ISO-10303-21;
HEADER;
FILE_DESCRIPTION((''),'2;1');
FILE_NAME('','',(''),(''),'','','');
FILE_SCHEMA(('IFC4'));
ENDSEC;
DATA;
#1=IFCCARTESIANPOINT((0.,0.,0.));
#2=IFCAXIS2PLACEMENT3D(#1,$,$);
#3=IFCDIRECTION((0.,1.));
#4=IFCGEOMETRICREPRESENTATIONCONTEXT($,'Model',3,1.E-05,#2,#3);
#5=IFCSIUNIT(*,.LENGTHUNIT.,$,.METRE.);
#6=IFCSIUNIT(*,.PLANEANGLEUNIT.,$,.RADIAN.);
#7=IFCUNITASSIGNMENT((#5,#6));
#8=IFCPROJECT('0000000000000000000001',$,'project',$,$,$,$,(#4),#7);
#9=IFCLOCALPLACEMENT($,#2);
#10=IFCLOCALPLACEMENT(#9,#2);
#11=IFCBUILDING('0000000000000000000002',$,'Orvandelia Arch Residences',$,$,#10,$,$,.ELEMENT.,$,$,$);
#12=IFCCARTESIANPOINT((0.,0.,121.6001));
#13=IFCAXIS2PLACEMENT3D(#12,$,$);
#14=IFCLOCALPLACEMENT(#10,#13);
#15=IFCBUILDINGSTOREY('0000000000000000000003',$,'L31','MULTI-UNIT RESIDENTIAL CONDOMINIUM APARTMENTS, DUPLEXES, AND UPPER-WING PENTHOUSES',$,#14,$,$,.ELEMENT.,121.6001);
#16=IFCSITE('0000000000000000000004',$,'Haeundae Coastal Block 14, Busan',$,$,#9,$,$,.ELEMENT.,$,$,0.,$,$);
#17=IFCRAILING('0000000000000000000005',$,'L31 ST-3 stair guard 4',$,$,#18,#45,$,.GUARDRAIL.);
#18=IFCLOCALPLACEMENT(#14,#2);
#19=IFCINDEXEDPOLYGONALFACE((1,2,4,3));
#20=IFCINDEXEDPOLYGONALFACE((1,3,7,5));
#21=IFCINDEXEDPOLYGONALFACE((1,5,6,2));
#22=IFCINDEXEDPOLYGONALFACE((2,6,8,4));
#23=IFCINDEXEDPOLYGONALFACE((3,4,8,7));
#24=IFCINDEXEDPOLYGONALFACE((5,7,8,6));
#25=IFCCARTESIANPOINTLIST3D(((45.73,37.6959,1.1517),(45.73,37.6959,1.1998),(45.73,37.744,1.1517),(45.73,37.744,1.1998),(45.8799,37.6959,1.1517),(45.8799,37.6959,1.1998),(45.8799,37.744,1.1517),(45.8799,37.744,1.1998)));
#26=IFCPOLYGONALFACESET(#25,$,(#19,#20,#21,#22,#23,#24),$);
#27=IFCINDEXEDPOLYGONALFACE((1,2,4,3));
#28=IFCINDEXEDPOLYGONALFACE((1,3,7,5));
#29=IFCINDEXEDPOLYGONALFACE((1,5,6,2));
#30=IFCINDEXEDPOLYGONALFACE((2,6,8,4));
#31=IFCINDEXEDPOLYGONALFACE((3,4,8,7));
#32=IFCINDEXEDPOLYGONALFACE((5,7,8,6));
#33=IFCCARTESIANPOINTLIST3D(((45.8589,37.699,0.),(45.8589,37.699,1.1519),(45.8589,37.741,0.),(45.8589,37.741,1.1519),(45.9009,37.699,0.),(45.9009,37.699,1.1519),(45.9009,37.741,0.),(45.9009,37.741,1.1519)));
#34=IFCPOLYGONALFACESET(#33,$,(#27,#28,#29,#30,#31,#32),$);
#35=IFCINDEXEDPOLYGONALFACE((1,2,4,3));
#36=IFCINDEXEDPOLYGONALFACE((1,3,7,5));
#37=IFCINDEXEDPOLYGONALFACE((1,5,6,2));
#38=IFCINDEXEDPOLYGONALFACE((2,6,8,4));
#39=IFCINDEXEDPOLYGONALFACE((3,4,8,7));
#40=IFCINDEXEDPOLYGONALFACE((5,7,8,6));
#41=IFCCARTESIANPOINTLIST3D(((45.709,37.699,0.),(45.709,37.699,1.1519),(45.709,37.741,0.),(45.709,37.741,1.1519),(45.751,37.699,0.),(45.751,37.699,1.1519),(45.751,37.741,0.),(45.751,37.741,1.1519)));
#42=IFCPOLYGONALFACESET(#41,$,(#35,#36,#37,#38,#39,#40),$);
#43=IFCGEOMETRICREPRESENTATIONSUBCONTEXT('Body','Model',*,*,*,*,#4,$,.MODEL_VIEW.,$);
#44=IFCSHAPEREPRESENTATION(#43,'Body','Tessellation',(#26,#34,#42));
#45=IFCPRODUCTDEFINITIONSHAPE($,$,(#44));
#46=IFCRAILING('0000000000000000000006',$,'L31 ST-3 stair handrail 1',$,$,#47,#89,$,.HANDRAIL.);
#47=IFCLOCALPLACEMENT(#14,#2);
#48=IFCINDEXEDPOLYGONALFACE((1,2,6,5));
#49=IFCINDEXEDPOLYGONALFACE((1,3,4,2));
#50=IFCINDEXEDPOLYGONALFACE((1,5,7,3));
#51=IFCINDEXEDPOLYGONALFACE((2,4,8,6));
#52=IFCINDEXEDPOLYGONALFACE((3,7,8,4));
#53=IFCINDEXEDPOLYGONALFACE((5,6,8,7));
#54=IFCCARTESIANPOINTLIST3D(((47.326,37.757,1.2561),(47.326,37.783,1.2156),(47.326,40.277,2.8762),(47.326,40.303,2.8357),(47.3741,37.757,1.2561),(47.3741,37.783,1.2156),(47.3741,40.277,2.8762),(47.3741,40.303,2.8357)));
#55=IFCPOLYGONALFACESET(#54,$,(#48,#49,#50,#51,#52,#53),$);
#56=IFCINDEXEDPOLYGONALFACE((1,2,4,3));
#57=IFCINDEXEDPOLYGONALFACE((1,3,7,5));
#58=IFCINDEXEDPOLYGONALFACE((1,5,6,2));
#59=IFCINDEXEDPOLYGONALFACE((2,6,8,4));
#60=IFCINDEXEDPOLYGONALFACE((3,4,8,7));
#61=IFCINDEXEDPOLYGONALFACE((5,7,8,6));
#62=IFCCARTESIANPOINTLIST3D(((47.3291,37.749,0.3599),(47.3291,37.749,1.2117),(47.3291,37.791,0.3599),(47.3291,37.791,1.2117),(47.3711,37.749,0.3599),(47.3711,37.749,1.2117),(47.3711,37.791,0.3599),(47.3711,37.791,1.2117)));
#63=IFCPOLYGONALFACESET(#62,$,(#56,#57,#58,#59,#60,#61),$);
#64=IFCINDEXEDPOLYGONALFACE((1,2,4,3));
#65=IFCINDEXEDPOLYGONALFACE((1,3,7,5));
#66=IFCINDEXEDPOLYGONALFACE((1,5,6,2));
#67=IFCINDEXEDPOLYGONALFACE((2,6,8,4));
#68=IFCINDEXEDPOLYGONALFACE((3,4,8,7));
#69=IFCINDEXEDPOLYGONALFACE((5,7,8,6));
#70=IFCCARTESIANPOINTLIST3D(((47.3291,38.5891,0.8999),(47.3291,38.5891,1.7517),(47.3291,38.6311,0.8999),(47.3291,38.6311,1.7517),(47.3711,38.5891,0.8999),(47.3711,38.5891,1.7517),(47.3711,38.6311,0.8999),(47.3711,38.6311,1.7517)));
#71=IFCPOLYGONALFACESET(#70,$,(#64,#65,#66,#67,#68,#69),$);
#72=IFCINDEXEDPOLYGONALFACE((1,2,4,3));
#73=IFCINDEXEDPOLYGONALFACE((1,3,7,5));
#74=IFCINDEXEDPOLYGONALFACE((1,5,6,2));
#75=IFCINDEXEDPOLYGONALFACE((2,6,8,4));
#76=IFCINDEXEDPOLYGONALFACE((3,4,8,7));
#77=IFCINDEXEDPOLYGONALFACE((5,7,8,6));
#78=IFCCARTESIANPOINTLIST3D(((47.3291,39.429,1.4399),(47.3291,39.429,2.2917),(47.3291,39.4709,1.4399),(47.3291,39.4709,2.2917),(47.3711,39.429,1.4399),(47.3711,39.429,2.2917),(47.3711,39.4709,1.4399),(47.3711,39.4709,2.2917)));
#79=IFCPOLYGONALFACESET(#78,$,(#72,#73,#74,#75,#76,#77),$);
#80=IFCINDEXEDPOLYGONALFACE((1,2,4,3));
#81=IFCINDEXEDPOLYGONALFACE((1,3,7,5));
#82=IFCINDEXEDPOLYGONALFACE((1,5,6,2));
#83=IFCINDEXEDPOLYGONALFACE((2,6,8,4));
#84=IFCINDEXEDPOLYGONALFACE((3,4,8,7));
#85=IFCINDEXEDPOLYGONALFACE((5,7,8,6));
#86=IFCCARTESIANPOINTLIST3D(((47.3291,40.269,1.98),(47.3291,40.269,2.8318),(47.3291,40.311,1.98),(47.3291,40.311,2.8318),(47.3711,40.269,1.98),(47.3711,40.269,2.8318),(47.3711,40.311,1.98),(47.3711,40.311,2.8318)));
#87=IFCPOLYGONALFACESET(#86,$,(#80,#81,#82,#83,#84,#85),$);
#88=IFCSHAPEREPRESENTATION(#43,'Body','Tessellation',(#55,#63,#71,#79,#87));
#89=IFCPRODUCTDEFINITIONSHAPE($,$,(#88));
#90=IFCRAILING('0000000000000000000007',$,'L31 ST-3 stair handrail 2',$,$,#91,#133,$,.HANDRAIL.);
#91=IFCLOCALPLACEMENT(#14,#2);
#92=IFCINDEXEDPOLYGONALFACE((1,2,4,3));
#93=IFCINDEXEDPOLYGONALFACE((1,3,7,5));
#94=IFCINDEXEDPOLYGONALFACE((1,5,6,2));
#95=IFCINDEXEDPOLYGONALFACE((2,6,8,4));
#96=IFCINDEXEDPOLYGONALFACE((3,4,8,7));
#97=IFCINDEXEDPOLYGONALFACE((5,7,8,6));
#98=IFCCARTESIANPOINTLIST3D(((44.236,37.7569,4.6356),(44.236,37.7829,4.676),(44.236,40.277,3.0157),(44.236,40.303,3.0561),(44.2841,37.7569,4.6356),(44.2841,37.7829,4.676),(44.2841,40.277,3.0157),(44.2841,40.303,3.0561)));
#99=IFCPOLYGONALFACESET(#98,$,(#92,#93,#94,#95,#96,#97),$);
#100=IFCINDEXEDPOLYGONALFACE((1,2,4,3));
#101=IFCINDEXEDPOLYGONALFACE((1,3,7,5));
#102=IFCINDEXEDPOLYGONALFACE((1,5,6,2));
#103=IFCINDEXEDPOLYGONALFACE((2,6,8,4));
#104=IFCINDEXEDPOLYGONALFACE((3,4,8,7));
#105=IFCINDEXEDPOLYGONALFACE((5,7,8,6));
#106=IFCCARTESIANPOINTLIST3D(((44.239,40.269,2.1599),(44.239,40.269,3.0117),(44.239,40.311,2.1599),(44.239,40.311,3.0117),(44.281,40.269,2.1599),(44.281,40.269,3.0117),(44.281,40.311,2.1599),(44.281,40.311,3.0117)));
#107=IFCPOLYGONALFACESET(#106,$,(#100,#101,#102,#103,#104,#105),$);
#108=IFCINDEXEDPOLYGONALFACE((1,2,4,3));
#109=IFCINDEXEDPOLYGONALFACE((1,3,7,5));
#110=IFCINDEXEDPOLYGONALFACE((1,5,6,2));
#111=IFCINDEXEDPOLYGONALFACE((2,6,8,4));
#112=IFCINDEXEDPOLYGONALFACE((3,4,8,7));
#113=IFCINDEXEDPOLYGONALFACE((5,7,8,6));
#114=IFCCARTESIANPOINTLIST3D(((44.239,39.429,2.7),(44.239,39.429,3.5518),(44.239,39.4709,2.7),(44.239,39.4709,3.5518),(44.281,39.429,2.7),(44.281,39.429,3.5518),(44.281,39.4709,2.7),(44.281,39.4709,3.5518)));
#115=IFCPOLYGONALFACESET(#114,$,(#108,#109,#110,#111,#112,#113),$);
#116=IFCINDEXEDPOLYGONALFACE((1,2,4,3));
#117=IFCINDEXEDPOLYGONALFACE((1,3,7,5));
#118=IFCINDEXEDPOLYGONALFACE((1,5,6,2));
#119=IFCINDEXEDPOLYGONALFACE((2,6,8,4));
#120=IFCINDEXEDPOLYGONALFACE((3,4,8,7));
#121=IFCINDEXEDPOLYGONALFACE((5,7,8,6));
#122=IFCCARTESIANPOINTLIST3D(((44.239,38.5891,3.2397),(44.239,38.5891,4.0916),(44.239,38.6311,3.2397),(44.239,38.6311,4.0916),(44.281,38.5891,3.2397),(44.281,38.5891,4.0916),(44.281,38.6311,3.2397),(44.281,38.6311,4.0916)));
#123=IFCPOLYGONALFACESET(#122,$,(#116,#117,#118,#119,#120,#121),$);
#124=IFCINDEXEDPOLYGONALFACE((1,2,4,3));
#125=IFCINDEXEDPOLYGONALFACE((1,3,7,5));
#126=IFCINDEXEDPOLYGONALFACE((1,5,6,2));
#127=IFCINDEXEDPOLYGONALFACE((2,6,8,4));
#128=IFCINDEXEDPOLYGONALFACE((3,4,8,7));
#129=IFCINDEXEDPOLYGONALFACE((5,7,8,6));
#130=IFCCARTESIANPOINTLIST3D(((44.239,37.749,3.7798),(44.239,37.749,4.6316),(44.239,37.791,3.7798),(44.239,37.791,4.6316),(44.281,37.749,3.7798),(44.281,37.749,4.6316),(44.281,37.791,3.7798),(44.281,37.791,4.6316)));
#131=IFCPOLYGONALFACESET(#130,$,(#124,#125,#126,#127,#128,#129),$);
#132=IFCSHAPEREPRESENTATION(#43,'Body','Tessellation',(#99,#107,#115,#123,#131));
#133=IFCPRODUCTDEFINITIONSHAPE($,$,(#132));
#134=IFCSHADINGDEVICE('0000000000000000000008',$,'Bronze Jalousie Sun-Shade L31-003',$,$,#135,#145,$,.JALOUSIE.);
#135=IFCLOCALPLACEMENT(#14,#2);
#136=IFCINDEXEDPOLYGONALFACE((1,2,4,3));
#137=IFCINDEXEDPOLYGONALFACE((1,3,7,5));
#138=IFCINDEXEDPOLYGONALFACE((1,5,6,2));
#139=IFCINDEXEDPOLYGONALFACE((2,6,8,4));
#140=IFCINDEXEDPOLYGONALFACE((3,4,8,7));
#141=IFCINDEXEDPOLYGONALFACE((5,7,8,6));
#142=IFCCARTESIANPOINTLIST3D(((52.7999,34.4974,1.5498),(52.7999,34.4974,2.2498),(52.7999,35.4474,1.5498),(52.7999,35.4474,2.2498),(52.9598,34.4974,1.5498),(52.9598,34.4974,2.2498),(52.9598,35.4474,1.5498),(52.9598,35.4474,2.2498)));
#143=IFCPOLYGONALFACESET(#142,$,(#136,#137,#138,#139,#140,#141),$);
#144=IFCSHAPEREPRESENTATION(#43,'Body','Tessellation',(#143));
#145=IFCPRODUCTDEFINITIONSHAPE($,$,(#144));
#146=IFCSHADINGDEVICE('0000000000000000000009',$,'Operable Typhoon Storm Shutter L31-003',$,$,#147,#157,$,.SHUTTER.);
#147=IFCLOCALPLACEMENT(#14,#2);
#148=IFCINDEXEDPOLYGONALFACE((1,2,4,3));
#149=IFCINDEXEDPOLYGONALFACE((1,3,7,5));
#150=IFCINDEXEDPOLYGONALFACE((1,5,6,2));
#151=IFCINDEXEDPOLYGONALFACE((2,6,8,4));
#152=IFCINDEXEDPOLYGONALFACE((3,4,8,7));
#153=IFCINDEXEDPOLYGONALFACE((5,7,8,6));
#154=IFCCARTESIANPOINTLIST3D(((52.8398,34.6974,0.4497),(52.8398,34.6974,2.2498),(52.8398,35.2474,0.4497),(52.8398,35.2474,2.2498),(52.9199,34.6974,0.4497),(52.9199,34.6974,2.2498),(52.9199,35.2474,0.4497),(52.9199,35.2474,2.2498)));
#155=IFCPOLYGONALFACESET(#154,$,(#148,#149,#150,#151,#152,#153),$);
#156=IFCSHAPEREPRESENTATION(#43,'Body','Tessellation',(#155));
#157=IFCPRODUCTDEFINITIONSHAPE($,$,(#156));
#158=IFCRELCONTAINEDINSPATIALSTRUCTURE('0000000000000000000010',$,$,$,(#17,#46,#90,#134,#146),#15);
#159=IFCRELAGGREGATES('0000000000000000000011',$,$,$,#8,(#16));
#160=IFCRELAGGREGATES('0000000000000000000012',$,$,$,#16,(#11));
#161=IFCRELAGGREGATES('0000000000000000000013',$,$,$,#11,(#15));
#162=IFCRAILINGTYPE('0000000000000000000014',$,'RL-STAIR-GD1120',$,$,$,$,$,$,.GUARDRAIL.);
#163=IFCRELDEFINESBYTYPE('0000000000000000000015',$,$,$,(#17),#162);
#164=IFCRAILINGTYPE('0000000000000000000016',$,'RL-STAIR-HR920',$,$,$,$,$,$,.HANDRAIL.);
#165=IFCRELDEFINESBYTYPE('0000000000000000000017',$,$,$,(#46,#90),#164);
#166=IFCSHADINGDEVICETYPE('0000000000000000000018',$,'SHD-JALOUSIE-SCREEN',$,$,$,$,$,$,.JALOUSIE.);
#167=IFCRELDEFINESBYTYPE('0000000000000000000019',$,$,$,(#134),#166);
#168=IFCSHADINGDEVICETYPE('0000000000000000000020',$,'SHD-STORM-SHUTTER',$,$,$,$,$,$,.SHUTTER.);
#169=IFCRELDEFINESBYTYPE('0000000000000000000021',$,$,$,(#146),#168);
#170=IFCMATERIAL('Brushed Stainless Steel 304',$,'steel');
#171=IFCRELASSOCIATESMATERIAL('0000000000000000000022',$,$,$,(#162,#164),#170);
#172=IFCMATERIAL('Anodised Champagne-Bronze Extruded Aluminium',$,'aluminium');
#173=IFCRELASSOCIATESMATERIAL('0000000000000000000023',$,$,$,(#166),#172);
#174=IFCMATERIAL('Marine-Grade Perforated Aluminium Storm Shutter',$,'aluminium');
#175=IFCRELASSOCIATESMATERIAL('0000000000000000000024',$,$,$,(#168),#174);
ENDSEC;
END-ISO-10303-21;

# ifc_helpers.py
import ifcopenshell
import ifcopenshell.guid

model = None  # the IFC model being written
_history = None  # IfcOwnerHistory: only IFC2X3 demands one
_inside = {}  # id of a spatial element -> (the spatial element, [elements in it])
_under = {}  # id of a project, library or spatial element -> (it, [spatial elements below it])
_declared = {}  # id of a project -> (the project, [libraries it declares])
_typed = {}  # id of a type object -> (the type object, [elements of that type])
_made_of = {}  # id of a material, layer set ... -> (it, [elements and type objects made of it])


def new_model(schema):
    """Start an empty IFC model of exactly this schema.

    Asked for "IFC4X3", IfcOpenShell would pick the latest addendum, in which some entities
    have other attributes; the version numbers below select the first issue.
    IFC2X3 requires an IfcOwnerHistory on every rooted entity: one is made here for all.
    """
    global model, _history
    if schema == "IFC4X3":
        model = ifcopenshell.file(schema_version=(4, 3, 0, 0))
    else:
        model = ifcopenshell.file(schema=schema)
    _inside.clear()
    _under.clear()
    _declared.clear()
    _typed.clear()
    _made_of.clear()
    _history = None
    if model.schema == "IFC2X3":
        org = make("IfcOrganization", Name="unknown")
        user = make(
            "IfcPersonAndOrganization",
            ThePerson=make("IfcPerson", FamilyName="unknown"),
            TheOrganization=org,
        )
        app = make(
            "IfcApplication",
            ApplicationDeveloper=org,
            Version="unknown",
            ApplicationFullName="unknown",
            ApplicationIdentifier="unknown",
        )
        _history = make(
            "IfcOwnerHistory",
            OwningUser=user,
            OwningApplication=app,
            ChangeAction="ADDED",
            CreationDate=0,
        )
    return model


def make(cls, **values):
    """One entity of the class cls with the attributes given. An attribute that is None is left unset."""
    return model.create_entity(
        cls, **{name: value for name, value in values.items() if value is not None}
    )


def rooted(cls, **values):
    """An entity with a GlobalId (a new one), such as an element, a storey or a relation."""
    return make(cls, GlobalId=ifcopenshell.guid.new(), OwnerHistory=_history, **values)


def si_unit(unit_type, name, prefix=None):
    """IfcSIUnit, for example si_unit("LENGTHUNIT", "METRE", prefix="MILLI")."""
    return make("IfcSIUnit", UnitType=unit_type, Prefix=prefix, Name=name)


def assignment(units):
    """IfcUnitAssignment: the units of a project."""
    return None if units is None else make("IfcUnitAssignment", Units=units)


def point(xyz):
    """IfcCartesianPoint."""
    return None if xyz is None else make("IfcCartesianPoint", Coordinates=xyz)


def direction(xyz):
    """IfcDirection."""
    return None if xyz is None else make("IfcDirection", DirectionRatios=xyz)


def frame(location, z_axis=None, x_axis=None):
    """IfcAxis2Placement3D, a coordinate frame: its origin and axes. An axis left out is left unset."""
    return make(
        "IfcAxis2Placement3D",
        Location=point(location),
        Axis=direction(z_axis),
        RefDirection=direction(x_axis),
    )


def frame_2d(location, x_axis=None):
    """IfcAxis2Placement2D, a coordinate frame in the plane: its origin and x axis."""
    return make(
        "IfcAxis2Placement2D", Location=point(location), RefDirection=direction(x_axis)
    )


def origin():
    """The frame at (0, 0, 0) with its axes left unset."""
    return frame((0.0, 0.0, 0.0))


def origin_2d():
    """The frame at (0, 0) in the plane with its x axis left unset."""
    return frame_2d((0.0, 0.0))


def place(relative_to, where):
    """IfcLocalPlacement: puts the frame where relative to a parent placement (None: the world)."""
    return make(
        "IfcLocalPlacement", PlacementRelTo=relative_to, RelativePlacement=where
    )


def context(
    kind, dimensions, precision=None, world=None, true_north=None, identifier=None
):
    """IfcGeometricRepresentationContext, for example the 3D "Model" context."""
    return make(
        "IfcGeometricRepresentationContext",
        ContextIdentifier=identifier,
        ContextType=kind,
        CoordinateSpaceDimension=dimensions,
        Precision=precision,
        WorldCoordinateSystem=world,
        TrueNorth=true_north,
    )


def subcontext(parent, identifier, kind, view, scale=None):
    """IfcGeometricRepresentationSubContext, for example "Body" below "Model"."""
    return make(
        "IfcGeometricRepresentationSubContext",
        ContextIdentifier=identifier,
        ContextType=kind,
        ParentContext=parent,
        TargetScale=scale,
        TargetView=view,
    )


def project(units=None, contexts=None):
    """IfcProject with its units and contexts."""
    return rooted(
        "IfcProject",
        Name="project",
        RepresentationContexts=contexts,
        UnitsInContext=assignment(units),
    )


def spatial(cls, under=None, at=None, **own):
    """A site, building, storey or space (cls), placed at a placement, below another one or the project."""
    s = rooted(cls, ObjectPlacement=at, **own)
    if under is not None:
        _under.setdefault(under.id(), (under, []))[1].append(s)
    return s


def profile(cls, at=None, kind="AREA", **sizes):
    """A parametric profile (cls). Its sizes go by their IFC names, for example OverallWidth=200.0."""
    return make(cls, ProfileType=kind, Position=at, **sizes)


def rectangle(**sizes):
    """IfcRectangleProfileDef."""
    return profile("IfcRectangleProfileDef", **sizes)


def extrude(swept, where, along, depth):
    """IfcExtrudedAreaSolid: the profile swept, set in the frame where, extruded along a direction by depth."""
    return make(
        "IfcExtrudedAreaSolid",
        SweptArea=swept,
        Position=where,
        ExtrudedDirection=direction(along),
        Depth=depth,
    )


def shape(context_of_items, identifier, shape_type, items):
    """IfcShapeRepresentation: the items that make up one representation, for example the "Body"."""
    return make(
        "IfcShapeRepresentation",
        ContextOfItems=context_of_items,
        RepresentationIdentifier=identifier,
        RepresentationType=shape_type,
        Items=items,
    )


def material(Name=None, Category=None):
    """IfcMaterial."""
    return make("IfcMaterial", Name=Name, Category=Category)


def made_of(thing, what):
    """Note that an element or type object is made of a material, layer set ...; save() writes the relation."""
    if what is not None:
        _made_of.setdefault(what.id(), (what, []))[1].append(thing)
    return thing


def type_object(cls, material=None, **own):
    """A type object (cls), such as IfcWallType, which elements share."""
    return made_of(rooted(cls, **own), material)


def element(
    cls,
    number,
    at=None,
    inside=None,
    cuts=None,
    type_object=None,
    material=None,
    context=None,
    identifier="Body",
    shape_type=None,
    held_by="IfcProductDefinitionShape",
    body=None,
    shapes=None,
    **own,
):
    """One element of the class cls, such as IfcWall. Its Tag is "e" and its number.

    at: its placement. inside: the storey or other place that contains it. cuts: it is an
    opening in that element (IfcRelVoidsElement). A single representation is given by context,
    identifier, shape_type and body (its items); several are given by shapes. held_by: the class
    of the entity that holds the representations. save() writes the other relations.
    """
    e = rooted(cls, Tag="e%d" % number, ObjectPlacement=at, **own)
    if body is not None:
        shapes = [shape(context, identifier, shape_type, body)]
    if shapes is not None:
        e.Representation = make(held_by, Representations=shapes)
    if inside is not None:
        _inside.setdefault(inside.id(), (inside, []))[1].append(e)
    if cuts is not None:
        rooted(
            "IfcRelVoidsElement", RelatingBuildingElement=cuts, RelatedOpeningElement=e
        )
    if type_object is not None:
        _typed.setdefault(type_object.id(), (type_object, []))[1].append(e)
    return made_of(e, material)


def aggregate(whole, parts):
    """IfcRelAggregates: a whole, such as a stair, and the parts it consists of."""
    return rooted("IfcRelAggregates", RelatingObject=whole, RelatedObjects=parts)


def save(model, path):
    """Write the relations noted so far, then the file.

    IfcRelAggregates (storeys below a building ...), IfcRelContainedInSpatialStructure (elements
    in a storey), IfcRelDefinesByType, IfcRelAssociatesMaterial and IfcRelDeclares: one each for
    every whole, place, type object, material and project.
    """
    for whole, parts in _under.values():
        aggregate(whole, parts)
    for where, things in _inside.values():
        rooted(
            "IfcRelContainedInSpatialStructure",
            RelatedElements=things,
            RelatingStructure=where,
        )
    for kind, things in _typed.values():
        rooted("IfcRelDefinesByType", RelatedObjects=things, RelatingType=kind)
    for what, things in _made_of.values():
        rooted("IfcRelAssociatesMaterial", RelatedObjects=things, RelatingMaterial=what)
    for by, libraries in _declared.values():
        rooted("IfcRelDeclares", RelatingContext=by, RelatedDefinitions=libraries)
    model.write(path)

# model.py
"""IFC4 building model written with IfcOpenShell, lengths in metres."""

from ifc_helpers import new_model, si_unit, direction, frame, origin, origin_2d, place, context, subcontext, project, spatial, rectangle, extrude, material, type_object, element, save


model = new_model("IFC4")

# Units and contexts
model_context = context("Model", 3, precision=1e-05, world=origin(), true_north=direction((0.0, 1.0)))
body_context = subcontext(model_context, "Body", "Model", "MODEL_VIEW")
ifc_project = project(units=[si_unit("LENGTHUNIT", "METRE"), si_unit("PLANEANGLEUNIT", "RADIAN")], contexts=[model_context])

# Site, building, storey
site_placement = place(None, origin())
site = spatial("IfcSite", under=ifc_project, at=site_placement, Name="Haeundae Coastal Block 14, Busan", CompositionType="ELEMENT", RefElevation=0.0)
building_placement = place(site_placement, origin())
building = spatial("IfcBuilding", under=site, at=building_placement, Name="Orvandelia Arch Residences", CompositionType="ELEMENT")
storey_placement = place(building_placement, frame((0.0, 0.0, 121.6001)))
storey = spatial("IfcBuildingStorey", under=building, at=storey_placement, Name="L31", Description="MULTI-UNIT RESIDENTIAL CONDOMINIUM APARTMENTS, DUPLEXES, AND UPPER-WING PENTHOUSES", CompositionType="ELEMENT", Elevation=121.6001)

# Railings
ifc_material_1 = material(Name="Brushed Stainless Steel 304", Category="steel")
railing_type_1 = type_object("IfcRailingType", Name="RL-STAIR-GD1120", PredefinedType="GUARDRAIL", material=ifc_material_1)
railing_1_placement = place(storey_placement, frame((45.8799, 37.72, 0.0)))
element("IfcRailing", 1, at=railing_1_placement, inside=storey, type_object=railing_type_1, Name="L31 ST-3 stair guard 4", PredefinedType="GUARDRAIL", context=body_context, shape_type="SweptSolid", body=[
    extrude(rectangle(XDim=0.0481, YDim=0.0481, at=origin_2d()), frame((0.0, 0.0, 1.1758), z_axis=(-1.0, 0.0, 0.0), x_axis=(0.0, -1.0, 0.0)), (0.0, 0.0, 1.0), 0.1499),
    extrude(rectangle(XDim=0.042, YDim=0.042, at=origin_2d()), origin(), (0.0, 0.0, 1.0), 1.1519),
    extrude(rectangle(XDim=0.042, YDim=0.042, at=origin_2d()), frame((-0.1499, 0.0, 0.0)), (0.0, 0.0, 1.0), 1.1519),
])
railing_type_2 = type_object("IfcRailingType", Name="RL-STAIR-HR920", PredefinedType="HANDRAIL", material=ifc_material_1)
railing_2_placement = place(storey_placement, frame((47.3501, 37.77, 0.3599)))
element("IfcRailing", 2, at=railing_2_placement, inside=storey, type_object=railing_type_2, Name="L31 ST-3 stair handrail 1", PredefinedType="HANDRAIL", context=body_context, shape_type="SweptSolid", body=[
    extrude(rectangle(XDim=0.0481, YDim=0.0481, at=origin_2d()), frame((0.0, 0.0, 0.876), z_axis=(0.0, 0.841163, 0.540782), x_axis=(-1.0, 0.0, 0.0)), (0.0, 0.0, 1.0), 2.9958),
    extrude(rectangle(XDim=0.042, YDim=0.042, at=origin_2d()), origin(), (0.0, 0.0, 1.0), 0.8518),
    extrude(rectangle(XDim=0.042, YDim=0.042, at=origin_2d()), frame((0.0, 0.8401, 0.54)), (0.0, 0.0, 1.0), 0.8518),
    extrude(rectangle(XDim=0.042, YDim=0.042, at=origin_2d()), frame((0.0, 1.6799, 1.0801)), (0.0, 0.0, 1.0), 0.8518),
    extrude(rectangle(XDim=0.042, YDim=0.042, at=origin_2d()), frame((0.0, 2.52, 1.6201)), (0.0, 0.0, 1.0), 0.8518),
])
railing_3_placement = place(storey_placement, frame((44.26, 40.29, 2.1599)))
element("IfcRailing", 3, at=railing_3_placement, inside=storey, type_object=railing_type_2, Name="L31 ST-3 stair handrail 2", PredefinedType="HANDRAIL", context=body_context, shape_type="SweptSolid", body=[
    extrude(rectangle(XDim=0.0481, YDim=0.0481, at=origin_2d()), frame((0.0, 0.0, 0.876), z_axis=(0.0, -0.8412, 0.540725), x_axis=(1.0, 0.0, 0.0)), (0.0, 0.0, 1.0), 2.9958),
    extrude(rectangle(XDim=0.042, YDim=0.042, at=origin_2d()), origin(), (0.0, 0.0, 1.0), 0.8518),
    extrude(rectangle(XDim=0.042, YDim=0.042, at=origin_2d()), frame((0.0, -0.8401, 0.54)), (0.0, 0.0, 1.0), 0.8518),
    extrude(rectangle(XDim=0.042, YDim=0.042, at=origin_2d()), frame((0.0, -1.6799, 1.0798)), (0.0, 0.0, 1.0), 0.8518),
    extrude(rectangle(XDim=0.042, YDim=0.042, at=origin_2d()), frame((0.0, -2.52, 1.6199)), (0.0, 0.0, 1.0), 0.8518),
])

# Shading devices
ifc_material_2 = material(Name="Anodised Champagne-Bronze Extruded Aluminium", Category="aluminium")
shading_device_type_1 = type_object("IfcShadingDeviceType", Name="SHD-JALOUSIE-SCREEN", PredefinedType="JALOUSIE", material=ifc_material_2)
shading_device_1_placement = place(storey_placement, frame((52.8799, 34.9724, 1.5498), z_axis=(0.0, 0.0, 1.0), x_axis=(0.0, -1.0, 0.0)))
element("IfcShadingDevice", 4, at=shading_device_1_placement, inside=storey, type_object=shading_device_type_1, Name="Bronze Jalousie Sun-Shade L31-003", PredefinedType="JALOUSIE", context=body_context, shape_type="SweptSolid", body=[
    extrude(rectangle(XDim=0.95, YDim=0.1599, at=origin_2d()), origin(), (0.0, 0.0, 1.0), 0.7),
])
ifc_material_3 = material(Name="Marine-Grade Perforated Aluminium Storm Shutter", Category="aluminium")
shading_device_type_2 = type_object("IfcShadingDeviceType", Name="SHD-STORM-SHUTTER", PredefinedType="SHUTTER", material=ifc_material_3)
shading_device_2_placement = place(storey_placement, frame((52.8799, 34.9724, 0.4497), z_axis=(0.0, 0.0, 1.0), x_axis=(0.0, -1.0, 0.0)))
element("IfcShadingDevice", 5, at=shading_device_2_placement, inside=storey, type_object=shading_device_type_2, Name="Operable Typhoon Storm Shutter L31-003", PredefinedType="SHUTTER", context=body_context, shape_type="SweptSolid", body=[
    extrude(rectangle(XDim=0.55, YDim=0.0801, at=origin_2d()), origin(), (0.0, 0.0, 1.0), 1.8),
])

save(model, "model.ifc")
